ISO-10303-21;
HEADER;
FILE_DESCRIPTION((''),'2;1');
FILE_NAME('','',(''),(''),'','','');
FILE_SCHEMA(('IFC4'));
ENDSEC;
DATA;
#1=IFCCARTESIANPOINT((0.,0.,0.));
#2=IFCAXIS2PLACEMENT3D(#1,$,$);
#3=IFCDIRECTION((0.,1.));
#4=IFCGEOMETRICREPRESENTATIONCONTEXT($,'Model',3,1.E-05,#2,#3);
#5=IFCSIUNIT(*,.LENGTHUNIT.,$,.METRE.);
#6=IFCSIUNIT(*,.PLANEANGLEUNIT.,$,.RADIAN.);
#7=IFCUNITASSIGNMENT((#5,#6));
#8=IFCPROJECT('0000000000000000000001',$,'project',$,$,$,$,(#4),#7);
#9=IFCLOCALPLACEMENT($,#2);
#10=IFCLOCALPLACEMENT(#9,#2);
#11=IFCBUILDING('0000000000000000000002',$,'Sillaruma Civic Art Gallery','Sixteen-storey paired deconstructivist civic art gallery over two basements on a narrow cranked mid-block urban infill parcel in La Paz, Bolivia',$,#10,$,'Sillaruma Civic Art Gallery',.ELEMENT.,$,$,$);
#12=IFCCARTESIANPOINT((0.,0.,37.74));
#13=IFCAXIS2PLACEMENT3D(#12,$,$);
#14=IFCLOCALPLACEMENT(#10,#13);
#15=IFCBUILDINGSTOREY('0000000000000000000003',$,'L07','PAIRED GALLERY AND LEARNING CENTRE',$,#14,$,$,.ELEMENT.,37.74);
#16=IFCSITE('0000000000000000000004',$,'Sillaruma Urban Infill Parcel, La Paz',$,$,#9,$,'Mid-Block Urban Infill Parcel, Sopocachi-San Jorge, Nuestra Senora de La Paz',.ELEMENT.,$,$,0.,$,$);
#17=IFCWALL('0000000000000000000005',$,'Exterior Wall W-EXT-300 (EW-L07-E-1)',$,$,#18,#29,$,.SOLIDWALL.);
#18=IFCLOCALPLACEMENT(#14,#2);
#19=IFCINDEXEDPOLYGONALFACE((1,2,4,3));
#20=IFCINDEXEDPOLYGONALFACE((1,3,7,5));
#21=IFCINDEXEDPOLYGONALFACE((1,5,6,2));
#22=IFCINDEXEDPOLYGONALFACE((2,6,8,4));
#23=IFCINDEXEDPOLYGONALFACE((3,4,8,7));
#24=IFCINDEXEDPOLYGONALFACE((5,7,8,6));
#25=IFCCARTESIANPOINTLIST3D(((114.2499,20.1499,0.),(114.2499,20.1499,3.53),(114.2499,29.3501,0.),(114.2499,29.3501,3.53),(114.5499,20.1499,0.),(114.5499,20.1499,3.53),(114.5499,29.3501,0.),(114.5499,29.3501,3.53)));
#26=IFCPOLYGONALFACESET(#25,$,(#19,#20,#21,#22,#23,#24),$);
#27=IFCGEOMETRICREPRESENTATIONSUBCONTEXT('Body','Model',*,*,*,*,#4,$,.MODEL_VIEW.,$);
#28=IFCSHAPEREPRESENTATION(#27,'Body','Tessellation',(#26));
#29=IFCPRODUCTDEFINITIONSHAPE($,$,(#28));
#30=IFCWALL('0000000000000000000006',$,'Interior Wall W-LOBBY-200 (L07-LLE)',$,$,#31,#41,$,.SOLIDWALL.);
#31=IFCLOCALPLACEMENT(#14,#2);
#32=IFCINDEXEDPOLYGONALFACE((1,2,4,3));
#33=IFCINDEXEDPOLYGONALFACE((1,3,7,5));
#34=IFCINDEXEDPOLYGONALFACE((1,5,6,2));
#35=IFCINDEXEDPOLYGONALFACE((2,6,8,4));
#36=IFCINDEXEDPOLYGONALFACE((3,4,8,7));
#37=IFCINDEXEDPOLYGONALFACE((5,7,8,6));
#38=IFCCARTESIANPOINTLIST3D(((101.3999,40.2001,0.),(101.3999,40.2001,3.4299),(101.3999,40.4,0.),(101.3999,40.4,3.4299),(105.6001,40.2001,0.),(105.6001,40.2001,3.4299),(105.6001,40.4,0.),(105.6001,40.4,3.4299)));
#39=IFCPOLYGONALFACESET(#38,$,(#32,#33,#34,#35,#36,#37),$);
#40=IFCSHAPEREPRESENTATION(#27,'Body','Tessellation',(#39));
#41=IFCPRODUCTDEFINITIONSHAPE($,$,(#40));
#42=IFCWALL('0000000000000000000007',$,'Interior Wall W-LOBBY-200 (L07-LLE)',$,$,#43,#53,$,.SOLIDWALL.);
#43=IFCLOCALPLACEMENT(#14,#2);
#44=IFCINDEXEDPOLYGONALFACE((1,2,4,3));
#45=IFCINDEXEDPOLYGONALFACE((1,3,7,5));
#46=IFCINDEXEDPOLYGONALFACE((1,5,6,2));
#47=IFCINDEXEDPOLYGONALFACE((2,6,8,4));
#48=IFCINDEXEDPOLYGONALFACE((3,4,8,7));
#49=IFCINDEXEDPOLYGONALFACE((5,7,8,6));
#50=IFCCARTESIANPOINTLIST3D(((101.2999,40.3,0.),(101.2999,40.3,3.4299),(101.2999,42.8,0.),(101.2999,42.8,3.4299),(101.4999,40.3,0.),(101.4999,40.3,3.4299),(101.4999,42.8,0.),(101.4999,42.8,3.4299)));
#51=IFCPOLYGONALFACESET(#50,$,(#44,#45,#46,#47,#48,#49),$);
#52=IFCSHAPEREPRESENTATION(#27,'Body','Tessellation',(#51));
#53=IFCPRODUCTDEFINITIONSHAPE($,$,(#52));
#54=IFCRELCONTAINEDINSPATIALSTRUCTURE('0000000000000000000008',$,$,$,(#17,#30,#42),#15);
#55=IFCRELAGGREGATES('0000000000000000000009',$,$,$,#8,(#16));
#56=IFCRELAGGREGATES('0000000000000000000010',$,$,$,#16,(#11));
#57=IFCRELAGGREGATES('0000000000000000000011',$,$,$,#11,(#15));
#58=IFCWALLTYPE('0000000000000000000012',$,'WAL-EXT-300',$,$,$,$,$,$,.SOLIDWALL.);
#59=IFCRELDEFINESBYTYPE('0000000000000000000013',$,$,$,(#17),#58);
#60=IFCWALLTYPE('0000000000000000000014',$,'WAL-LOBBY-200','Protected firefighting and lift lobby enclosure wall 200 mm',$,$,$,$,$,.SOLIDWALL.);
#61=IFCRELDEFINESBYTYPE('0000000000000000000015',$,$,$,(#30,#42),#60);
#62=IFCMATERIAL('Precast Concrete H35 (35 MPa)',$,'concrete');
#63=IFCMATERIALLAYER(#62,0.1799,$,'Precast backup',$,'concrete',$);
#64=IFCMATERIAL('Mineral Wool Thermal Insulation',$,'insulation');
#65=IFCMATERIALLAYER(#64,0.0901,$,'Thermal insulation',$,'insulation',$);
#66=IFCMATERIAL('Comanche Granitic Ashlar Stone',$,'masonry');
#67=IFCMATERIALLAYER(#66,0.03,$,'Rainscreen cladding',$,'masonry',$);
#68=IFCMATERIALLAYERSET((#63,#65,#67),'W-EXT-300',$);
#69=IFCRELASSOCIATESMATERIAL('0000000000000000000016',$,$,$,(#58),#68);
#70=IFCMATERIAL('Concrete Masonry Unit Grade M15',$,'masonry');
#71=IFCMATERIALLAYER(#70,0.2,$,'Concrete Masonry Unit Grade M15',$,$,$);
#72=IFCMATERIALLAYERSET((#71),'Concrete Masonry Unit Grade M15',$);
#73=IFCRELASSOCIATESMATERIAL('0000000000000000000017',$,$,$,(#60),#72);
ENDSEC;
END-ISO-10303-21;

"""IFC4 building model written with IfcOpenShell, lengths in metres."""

from ifc_helpers import new_model, si_unit, direction, frame, frame_2d, origin, place, context, subcontext, project, spatial, rectangle, extrude, material, layer, layer_set, type_object, element, save


model = new_model("IFC4")

# Units and contexts
model_context = context("Model", 3, precision=1e-05, world=origin(), true_north=direction((0.0, 1.0)))
body_context = subcontext(model_context, "Body", "Model", "MODEL_VIEW")
ifc_project = project(units=[si_unit("LENGTHUNIT", "METRE"), si_unit("PLANEANGLEUNIT", "RADIAN")], contexts=[model_context])

# Site, building, storey
site_placement = place(None, origin())
site = spatial("IfcSite", under=ifc_project, at=site_placement, Name="Sillaruma Urban Infill Parcel, La Paz", LongName="Mid-Block Urban Infill Parcel, Sopocachi-San Jorge, Nuestra Senora de La Paz", CompositionType="ELEMENT", RefElevation=0.0)
building_placement = place(site_placement, origin())
building = spatial("IfcBuilding", under=site, at=building_placement, Name="Sillaruma Civic Art Gallery", Description="Sixteen-storey paired deconstructivist civic art gallery over two basements on a narrow cranked mid-block urban infill parcel in La Paz, Bolivia", LongName="Sillaruma Civic Art Gallery", CompositionType="ELEMENT")
storey_placement = place(building_placement, frame((0.0, 0.0, 37.74)))
storey = spatial("IfcBuildingStorey", under=building, at=storey_placement, Name="L07", Description="PAIRED GALLERY AND LEARNING CENTRE", CompositionType="ELEMENT", Elevation=37.74)

# Shared definitions
ifc_material_1 = material(Name="Mineral Wool Thermal Insulation", Category="insulation")

# Walls
ifc_material_2 = material(Name="Precast Concrete H35 (35 MPa)", Category="concrete")
ifc_layer_1 = layer(ifc_material_2, 0.1799, Name="Precast backup", Category="concrete")
ifc_layer_2 = layer(ifc_material_1, 0.0901, Name="Thermal insulation", Category="insulation")
ifc_material_3 = material(Name="Comanche Granitic Ashlar Stone", Category="masonry")
ifc_layer_3 = layer(ifc_material_3, 0.03, Name="Rainscreen cladding", Category="masonry")
ifc_layer_set_1 = layer_set([ifc_layer_1, ifc_layer_2, ifc_layer_3], Name="W-EXT-300")
wall_type_1 = type_object("IfcWallType", Name="WAL-EXT-300", PredefinedType="SOLIDWALL", material=ifc_layer_set_1)
wall_1_placement = place(storey_placement, frame((114.3999, 20.1499, 0.0), z_axis=(0.0, 0.0, 1.0), x_axis=(0.0, 1.0, 0.0)))
element("IfcWall", 1, at=wall_1_placement, inside=storey, type_object=wall_type_1, Name="Exterior Wall W-EXT-300 (EW-L07-E-1)", PredefinedType="SOLIDWALL", context=body_context, shape_type="SweptSolid", body=[
    extrude(rectangle(XDim=9.2002, YDim=0.3, at=frame_2d((4.6001, 0.0))), origin(), (0.0, 0.0, 1.0), 3.53),
])
ifc_material_4 = material(Name="Concrete Masonry Unit Grade M15", Category="masonry")
ifc_layer_4 = layer(ifc_material_4, 0.2, Name="Concrete Masonry Unit Grade M15")
ifc_layer_set_2 = layer_set([ifc_layer_4], Name="Concrete Masonry Unit Grade M15")
wall_type_2 = type_object("IfcWallType", Name="WAL-LOBBY-200", Description="Protected firefighting and lift lobby enclosure wall 200 mm", PredefinedType="SOLIDWALL", material=ifc_layer_set_2)
wall_2_placement = place(storey_placement, frame((101.3999, 40.3, 0.0), z_axis=(0.0, 0.0, 1.0), x_axis=(1.0, 0.0, 0.0)))
element("IfcWall", 2, at=wall_2_placement, inside=storey, type_object=wall_type_2, Name="Interior Wall W-LOBBY-200 (L07-LLE)", PredefinedType="SOLIDWALL", context=body_context, shape_type="SweptSolid", body=[
    extrude(rectangle(XDim=4.2002, YDim=0.2, at=frame_2d((2.1001, 0.0))), origin(), (0.0, 0.0, 1.0), 3.4299),
])
wall_3_placement = place(storey_placement, frame((101.3999, 40.3, 0.0), z_axis=(0.0, 0.0, 1.0), x_axis=(0.0, 1.0, 0.0)))
element("IfcWall", 3, at=wall_3_placement, inside=storey, type_object=wall_type_2, Name="Interior Wall W-LOBBY-200 (L07-LLE)", PredefinedType="SOLIDWALL", context=body_context, shape_type="SweptSolid", body=[
    extrude(rectangle(XDim=2.5, YDim=0.2, at=frame_2d((1.25, 0.0))), origin(), (0.0, 0.0, 1.0), 3.4299),
])

save(model, "model.ifc")
